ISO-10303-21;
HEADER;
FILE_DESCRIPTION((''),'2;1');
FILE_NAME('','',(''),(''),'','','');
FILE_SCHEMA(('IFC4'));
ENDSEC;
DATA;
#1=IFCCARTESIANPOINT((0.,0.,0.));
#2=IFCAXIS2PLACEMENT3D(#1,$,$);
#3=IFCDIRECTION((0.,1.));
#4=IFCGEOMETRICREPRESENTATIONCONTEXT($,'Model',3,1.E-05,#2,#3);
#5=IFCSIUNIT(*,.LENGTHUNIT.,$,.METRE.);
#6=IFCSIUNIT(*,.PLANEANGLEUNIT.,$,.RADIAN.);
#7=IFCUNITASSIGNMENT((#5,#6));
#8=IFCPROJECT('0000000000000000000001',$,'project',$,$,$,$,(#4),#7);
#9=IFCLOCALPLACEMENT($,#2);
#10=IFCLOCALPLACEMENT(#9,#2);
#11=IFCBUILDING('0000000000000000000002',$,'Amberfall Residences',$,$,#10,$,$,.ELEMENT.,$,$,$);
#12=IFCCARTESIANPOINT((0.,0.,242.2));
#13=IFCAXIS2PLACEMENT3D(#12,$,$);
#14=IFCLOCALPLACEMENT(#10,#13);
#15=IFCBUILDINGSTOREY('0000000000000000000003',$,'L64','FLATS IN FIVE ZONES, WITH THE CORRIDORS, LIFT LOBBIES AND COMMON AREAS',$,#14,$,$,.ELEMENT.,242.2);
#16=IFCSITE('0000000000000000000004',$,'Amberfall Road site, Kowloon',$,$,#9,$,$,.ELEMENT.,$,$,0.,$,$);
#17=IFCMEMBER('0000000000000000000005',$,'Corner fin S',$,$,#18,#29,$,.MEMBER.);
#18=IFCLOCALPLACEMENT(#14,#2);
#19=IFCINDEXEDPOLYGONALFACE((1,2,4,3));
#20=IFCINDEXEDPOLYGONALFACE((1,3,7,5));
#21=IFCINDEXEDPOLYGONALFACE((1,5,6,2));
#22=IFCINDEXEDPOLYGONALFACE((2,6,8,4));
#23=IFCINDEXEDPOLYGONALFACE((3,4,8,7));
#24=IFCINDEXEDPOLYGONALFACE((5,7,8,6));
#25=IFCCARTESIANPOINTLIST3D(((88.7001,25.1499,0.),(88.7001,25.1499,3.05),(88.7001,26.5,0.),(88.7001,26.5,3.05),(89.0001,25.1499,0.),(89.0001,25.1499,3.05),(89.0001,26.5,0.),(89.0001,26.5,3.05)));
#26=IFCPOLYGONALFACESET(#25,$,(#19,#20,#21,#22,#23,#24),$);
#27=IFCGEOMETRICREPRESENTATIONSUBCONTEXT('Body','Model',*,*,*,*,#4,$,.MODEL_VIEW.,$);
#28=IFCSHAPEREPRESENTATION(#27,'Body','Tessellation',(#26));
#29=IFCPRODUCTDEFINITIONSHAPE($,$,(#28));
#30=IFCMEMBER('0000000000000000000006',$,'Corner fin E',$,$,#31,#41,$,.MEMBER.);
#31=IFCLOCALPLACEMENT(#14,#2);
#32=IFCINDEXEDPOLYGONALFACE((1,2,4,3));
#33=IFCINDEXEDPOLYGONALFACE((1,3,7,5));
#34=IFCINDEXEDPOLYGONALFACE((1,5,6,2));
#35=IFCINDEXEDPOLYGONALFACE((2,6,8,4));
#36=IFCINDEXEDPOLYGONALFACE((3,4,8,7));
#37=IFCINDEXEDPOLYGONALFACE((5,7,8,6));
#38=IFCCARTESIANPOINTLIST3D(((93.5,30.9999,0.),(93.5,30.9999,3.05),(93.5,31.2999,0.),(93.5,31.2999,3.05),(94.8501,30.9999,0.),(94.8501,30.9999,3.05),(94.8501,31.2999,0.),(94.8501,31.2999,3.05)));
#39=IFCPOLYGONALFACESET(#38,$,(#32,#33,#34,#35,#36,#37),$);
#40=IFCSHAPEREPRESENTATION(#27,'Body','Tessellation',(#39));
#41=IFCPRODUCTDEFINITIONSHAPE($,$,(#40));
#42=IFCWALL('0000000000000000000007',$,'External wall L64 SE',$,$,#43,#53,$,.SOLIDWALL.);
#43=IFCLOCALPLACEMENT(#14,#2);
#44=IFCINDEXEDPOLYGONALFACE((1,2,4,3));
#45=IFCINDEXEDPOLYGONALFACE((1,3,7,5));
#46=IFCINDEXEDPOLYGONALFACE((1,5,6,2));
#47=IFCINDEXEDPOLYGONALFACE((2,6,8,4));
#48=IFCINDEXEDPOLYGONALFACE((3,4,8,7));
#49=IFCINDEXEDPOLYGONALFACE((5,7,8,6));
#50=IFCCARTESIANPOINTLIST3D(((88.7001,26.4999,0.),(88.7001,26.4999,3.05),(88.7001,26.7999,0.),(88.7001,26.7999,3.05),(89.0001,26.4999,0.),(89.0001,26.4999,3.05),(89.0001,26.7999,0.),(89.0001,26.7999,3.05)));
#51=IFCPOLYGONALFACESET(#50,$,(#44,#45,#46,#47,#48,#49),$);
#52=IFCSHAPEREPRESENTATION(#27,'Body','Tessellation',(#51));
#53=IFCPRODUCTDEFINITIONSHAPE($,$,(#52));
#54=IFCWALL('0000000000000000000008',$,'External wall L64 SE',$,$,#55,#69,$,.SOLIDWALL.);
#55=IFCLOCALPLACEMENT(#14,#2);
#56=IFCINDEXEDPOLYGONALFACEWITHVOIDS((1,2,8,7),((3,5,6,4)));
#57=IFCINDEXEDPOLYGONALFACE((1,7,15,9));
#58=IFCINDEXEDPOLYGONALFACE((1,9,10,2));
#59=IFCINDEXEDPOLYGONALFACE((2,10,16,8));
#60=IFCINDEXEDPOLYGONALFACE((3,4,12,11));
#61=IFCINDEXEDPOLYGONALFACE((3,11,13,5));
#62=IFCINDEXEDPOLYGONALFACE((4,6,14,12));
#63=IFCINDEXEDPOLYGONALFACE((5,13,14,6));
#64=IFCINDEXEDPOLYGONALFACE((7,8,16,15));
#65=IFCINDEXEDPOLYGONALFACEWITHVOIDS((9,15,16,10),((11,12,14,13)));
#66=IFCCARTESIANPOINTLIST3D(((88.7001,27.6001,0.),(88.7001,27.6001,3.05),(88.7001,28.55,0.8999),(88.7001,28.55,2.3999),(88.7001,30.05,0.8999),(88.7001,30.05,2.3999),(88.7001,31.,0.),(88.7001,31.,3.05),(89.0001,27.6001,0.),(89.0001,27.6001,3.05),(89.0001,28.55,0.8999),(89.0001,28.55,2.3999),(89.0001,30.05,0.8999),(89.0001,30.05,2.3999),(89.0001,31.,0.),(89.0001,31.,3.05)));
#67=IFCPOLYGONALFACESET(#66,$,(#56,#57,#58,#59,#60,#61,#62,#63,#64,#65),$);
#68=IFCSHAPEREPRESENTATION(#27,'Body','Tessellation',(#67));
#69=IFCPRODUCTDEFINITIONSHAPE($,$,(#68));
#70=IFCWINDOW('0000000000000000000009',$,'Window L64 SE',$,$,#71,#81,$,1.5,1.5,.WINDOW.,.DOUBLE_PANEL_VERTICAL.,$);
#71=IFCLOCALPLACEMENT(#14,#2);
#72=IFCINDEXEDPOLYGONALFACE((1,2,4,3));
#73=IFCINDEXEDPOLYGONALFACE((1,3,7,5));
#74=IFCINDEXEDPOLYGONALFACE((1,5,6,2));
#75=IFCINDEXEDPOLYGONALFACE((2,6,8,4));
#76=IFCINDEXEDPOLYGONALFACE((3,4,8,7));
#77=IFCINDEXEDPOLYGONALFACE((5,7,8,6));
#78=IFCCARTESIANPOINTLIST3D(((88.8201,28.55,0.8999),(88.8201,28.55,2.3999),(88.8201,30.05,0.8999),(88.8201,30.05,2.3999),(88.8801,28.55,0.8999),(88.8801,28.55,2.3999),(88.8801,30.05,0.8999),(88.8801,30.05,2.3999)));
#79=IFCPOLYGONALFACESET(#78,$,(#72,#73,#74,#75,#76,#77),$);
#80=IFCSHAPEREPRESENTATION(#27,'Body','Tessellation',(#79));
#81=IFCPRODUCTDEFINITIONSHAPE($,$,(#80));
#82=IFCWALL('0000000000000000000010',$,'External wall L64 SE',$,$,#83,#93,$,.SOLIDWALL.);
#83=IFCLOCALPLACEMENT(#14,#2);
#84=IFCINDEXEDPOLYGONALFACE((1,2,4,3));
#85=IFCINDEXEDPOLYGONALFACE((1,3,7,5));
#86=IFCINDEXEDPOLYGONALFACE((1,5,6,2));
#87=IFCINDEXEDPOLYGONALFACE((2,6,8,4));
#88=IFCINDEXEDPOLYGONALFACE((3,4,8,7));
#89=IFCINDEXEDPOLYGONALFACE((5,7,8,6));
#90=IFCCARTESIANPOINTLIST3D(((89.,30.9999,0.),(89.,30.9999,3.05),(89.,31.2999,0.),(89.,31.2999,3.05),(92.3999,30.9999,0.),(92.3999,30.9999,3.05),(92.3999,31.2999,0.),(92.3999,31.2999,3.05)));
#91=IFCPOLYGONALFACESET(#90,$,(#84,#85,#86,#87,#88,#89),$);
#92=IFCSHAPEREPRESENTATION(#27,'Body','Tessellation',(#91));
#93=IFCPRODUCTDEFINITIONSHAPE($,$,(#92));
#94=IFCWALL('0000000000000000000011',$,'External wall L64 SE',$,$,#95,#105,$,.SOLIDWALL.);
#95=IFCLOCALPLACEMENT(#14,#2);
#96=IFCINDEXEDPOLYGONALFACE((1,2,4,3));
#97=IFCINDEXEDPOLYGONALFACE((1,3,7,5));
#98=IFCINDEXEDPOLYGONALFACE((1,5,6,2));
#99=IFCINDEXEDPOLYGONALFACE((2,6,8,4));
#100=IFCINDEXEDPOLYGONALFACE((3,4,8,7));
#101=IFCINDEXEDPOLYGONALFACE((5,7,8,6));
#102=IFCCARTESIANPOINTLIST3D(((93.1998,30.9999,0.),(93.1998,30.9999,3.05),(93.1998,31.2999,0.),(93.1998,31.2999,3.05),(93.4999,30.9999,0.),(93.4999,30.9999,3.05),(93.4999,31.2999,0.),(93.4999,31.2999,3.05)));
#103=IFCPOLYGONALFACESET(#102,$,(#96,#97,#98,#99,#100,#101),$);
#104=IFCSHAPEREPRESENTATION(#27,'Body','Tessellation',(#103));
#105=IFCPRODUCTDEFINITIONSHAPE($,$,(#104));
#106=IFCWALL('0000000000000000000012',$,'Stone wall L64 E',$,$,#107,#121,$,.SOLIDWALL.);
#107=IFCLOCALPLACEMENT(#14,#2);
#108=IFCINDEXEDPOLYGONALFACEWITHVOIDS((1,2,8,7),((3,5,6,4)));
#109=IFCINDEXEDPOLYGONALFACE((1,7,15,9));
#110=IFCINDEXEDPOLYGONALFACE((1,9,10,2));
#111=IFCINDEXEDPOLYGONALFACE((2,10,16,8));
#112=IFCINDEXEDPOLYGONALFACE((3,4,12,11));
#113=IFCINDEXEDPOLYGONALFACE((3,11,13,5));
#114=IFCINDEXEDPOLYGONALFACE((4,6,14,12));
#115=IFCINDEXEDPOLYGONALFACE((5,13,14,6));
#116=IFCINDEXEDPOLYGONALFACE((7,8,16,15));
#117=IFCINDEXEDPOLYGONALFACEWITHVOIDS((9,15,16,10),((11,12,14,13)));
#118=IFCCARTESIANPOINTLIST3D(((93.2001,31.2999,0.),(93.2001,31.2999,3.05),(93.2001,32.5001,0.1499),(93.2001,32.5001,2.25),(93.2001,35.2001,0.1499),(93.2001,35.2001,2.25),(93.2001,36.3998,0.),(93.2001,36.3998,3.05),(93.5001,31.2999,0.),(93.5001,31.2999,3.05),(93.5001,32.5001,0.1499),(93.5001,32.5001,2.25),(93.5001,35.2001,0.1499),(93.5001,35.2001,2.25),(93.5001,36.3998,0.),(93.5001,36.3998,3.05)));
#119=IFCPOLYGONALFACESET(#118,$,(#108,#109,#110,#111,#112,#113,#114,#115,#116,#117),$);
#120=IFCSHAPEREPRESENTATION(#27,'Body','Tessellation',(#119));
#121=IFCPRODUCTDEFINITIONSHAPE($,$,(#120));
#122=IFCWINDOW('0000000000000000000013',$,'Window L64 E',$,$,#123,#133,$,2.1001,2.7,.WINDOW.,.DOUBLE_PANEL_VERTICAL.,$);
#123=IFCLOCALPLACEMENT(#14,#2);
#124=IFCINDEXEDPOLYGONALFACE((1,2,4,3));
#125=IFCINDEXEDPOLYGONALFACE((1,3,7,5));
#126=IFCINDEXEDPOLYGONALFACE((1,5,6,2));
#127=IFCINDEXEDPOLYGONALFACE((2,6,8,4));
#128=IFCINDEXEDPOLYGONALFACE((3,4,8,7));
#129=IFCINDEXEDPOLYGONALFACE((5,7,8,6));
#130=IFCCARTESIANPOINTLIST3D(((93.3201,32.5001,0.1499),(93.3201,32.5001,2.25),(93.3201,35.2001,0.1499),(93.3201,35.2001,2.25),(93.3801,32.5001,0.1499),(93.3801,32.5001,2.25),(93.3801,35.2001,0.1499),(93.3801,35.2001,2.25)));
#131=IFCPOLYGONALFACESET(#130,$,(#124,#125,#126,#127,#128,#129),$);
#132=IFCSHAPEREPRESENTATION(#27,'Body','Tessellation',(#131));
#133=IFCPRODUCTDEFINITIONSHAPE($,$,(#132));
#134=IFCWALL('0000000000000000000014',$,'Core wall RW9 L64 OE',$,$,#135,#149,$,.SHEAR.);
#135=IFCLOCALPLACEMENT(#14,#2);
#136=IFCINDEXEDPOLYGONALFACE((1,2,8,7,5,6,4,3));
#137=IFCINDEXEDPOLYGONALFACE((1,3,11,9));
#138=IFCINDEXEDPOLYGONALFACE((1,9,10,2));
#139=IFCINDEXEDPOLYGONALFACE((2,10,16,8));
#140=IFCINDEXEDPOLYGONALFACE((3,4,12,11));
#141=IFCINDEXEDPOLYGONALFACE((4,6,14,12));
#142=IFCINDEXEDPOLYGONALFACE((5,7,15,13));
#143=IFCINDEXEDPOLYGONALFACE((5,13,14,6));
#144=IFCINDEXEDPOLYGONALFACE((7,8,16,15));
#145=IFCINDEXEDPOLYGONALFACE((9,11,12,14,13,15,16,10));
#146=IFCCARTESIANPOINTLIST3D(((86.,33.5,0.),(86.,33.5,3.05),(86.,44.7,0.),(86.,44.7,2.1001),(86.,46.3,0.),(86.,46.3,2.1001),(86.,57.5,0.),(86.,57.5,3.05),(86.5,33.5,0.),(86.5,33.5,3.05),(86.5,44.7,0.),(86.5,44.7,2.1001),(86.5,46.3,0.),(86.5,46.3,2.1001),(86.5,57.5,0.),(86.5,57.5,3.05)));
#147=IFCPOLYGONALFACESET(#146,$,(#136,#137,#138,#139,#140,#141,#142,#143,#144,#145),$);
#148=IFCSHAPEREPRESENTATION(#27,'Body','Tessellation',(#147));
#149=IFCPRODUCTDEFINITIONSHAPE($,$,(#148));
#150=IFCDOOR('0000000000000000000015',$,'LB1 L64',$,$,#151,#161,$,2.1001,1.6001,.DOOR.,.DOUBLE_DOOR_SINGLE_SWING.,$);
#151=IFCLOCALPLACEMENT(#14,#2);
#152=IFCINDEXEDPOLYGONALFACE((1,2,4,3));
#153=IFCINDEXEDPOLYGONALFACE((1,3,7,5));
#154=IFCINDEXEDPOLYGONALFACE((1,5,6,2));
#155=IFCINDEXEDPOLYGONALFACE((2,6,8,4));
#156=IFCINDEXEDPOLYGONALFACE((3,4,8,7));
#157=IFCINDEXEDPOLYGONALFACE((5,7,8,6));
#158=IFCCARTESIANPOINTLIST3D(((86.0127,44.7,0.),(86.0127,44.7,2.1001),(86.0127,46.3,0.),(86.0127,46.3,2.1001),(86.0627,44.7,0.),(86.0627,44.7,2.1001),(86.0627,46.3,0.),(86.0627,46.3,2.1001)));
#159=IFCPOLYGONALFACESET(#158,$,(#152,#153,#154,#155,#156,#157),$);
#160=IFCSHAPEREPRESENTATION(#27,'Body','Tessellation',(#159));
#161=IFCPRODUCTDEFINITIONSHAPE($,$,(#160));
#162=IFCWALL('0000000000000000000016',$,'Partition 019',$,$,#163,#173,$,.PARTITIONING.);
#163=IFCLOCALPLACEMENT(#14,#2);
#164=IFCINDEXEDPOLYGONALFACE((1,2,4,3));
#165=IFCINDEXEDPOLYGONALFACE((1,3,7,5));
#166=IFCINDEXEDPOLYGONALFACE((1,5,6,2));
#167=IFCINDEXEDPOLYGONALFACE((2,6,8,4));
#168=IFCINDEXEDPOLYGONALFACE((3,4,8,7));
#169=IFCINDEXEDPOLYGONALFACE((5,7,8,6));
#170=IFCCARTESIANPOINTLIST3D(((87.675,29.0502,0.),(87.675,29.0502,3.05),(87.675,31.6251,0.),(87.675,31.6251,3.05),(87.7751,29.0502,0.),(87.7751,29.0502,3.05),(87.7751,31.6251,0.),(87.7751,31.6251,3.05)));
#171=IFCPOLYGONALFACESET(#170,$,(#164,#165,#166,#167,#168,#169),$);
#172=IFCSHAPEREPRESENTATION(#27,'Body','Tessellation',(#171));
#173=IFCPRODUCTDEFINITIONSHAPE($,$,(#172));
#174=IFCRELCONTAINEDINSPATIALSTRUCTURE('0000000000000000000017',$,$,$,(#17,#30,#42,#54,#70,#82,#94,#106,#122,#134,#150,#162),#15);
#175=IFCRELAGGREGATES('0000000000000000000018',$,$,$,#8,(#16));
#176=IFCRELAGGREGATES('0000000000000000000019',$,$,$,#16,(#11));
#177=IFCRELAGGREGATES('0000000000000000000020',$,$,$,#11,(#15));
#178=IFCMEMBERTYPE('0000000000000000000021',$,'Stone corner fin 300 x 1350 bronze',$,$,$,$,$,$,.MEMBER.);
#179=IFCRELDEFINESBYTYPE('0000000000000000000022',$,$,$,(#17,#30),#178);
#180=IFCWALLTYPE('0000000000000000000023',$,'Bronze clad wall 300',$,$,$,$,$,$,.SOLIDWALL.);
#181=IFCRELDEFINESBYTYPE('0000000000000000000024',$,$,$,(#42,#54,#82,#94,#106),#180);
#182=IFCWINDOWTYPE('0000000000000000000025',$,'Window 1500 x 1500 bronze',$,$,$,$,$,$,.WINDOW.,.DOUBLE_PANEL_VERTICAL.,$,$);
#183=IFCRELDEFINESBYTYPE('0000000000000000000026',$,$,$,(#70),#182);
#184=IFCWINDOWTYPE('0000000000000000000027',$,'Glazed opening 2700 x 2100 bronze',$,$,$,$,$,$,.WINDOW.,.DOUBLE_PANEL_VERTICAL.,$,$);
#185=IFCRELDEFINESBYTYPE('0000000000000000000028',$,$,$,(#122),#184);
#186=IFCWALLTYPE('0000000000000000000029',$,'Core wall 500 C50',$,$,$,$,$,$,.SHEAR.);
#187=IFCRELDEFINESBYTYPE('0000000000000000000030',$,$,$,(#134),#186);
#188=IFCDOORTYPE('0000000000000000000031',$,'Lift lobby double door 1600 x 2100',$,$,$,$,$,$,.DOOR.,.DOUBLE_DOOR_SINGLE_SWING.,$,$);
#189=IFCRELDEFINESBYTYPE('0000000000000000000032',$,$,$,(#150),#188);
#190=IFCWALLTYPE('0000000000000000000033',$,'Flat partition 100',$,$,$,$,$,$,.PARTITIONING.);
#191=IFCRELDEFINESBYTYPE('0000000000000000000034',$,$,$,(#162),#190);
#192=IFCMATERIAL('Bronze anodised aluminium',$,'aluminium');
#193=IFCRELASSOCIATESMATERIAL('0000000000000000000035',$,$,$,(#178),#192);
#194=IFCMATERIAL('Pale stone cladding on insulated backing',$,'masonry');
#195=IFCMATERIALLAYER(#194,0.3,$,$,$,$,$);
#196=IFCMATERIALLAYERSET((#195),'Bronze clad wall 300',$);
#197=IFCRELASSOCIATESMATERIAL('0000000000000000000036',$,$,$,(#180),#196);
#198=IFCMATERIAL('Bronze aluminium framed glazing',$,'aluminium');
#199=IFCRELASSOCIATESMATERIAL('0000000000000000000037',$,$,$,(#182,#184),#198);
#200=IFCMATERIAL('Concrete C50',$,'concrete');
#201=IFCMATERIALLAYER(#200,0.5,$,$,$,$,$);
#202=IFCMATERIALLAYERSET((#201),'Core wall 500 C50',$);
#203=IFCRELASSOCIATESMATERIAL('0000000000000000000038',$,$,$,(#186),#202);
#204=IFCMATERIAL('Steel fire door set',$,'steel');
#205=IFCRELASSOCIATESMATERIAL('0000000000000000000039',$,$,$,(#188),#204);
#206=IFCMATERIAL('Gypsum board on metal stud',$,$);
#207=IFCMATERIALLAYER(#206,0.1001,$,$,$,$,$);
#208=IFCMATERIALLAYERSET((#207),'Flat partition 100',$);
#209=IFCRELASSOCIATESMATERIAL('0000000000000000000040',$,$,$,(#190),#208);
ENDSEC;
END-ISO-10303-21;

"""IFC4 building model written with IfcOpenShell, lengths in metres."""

from ifc_helpers import new_model, si_unit, direction, frame, frame_2d, origin, origin_2d, place, context, subcontext, project, spatial, rectangle, extrude, material, layer, layer_set, material_profile, profile_set, type_object, element, fill, save


model = new_model("IFC4")

# Units and contexts
model_context = context("Model", 3, precision=1e-05, world=origin(), true_north=direction((0.0, 1.0)))
body_context = subcontext(model_context, "Body", "Model", "MODEL_VIEW")
ifc_project = project(units=[si_unit("LENGTHUNIT", "METRE"), si_unit("PLANEANGLEUNIT", "RADIAN")], contexts=[model_context])

# Site, building, storey
site_placement = place(None, origin())
site = spatial("IfcSite", under=ifc_project, at=site_placement, Name="Amberfall Road site, Kowloon", CompositionType="ELEMENT", RefElevation=0.0)
building_placement = place(site_placement, origin())
building = spatial("IfcBuilding", under=site, at=building_placement, Name="Amberfall Residences", CompositionType="ELEMENT")
storey_placement = place(building_placement, frame((0.0, 0.0, 242.2)))
storey = spatial("IfcBuildingStorey", under=building, at=storey_placement, Name="L64", Description="FLATS IN FIVE ZONES, WITH THE CORRIDORS, LIFT LOBBIES AND COMMON AREAS", CompositionType="ELEMENT", Elevation=242.2)

# Shared definitions
ifc_material_1 = material(Name="Concrete C50", Category="concrete")

# Members
ifc_material_2 = material(Name="Bronze anodised aluminium", Category="aluminium")
ifc_material_profile_1 = material_profile(ifc_material_2, rectangle(XDim=1.3501, YDim=0.3, at=origin_2d()), Name="Stone corner fin 300 x 1350 bronze")
ifc_profile_set_1 = profile_set([ifc_material_profile_1], Name="Bronze anodised aluminium")
member_type = type_object("IfcMemberType", Name="Stone corner fin 300 x 1350 bronze", PredefinedType="MEMBER", material=ifc_profile_set_1)
for number, where, z_axis, x_axis, name in (
    (1, (88.8501, 25.825, 0.0), (0.0, 0.0, 1.0), (0.0, 1.0, 0.0), "Corner fin S"),
    (2, (94.175, 31.1499, 0.0), (0.0, 0.0, 1.0), (-1.0, 0.0, 0.0), "Corner fin E"),
):
    element("IfcMember", number, at=place(storey_placement, frame(where, z_axis=z_axis, x_axis=x_axis)), inside=storey, type_object=member_type, Name=name, PredefinedType="MEMBER", context=body_context, shape_type="SweptSolid", body=[
        extrude(rectangle(XDim=1.3501, YDim=0.3, at=origin_2d()), origin(), (0.0, 0.0, 1.0), 3.05),
    ])

# Wall
ifc_material_3 = material(Name="Pale stone cladding on insulated backing", Category="masonry")
ifc_layer_1 = layer(ifc_material_3, 0.3)
ifc_layer_set_1 = layer_set([ifc_layer_1], Name="Bronze clad wall 300")
wall_type_1 = type_object("IfcWallType", Name="Bronze clad wall 300", PredefinedType="SOLIDWALL", material=ifc_layer_set_1)
wall_1_placement = place(storey_placement, frame((88.8501, 26.5, 0.0), z_axis=(0.0, 0.0, 1.0), x_axis=(0.0, 1.0, 0.0)))
element("IfcWall", 3, at=wall_1_placement, inside=storey, type_object=wall_type_1, Name="External wall L64 SE", PredefinedType="SOLIDWALL", context=body_context, shape_type="SweptSolid", body=[
    extrude(rectangle(XDim=0.3, YDim=0.3, at=frame_2d((0.1499, 0.0))), origin(), (0.0, 0.0, 1.0), 3.05),
])

# Wall, opening, window
wall_2_placement = place(storey_placement, frame((88.8501, 27.6001, 0.0), z_axis=(0.0, 0.0, 1.0), x_axis=(0.0, 1.0, 0.0)))
wall_2 = element("IfcWall", 4, at=wall_2_placement, inside=storey, type_object=wall_type_1, Name="External wall L64 SE", PredefinedType="SOLIDWALL", context=body_context, shape_type="SweptSolid", body=[
    extrude(rectangle(XDim=3.3999, YDim=0.3, at=frame_2d((1.7, 0.0))), origin(), (0.0, 0.0, 1.0), 3.05),
])
opening_1_placement = place(wall_2_placement, frame((0.95, 0.0, 0.8999)))
opening_1 = element("IfcOpeningElement", 5, at=opening_1_placement, cuts=wall_2, PredefinedType="OPENING", context=body_context, shape_type="SweptSolid", body=[
    extrude(rectangle(XDim=1.5, YDim=1.5, at=frame_2d((0.75, 0.75))), frame((0.0, 0.1599, 0.0), z_axis=(0.0, -1.0, 0.0), x_axis=(1.0, 0.0, 0.0)), (0.0, 0.0, 1.0), 0.3201),
])
ifc_material_4 = material(Name="Bronze aluminium framed glazing", Category="aluminium")
window_type_1 = type_object("IfcWindowType", Name="Window 1500 x 1500 bronze", PartitioningType="DOUBLE_PANEL_VERTICAL", PredefinedType="WINDOW", material=ifc_material_4)
window_1_placement = place(opening_1_placement, origin())
window_1 = element("IfcWindow", 6, at=window_1_placement, inside=storey, type_object=window_type_1, Name="Window L64 SE", OverallHeight=1.5, OverallWidth=1.5, PartitioningType="DOUBLE_PANEL_VERTICAL", PredefinedType="WINDOW", context=body_context, shape_type="SweptSolid", body=[
    extrude(rectangle(XDim=1.5, YDim=1.5, at=frame_2d((0.75, 0.75))), frame((0.0, 0.03, 0.0), z_axis=(0.0, -1.0, 0.0), x_axis=(1.0, 0.0, 0.0)), (0.0, 0.0, 1.0), 0.0601),
])
fill(opening_1, window_1)

# Walls
wall_3_placement = place(storey_placement, frame((89.0, 31.1499, 0.0), z_axis=(0.0, 0.0, 1.0), x_axis=(1.0, 0.0, 0.0)))
element("IfcWall", 7, at=wall_3_placement, inside=storey, type_object=wall_type_1, Name="External wall L64 SE", PredefinedType="SOLIDWALL", context=body_context, shape_type="SweptSolid", body=[
    extrude(rectangle(XDim=3.3999, YDim=0.3, at=frame_2d((1.7, 0.0))), origin(), (0.0, 0.0, 1.0), 3.05),
])
wall_4_placement = place(storey_placement, frame((93.2, 31.1499, 0.0), z_axis=(0.0, 0.0, 1.0), x_axis=(1.0, 0.0, 0.0)))
element("IfcWall", 8, at=wall_4_placement, inside=storey, type_object=wall_type_1, Name="External wall L64 SE", PredefinedType="SOLIDWALL", context=body_context, shape_type="SweptSolid", body=[
    extrude(rectangle(XDim=0.3, YDim=0.3, at=frame_2d((0.1499, 0.0))), origin(), (0.0, 0.0, 1.0), 3.05),
])

# Wall, opening, window
wall_5_placement = place(storey_placement, frame((93.3501, 31.3, 0.0), z_axis=(0.0, 0.0, 1.0), x_axis=(0.0, 1.0, 0.0)))
wall_5 = element("IfcWall", 9, at=wall_5_placement, inside=storey, type_object=wall_type_1, Name="Stone wall L64 E", PredefinedType="SOLIDWALL", context=body_context, shape_type="SweptSolid", body=[
    extrude(rectangle(XDim=5.0999, YDim=0.3, at=frame_2d((2.5498, 0.0))), origin(), (0.0, 0.0, 1.0), 3.05),
])
opening_2_placement = place(wall_5_placement, frame((1.2, 0.0, 0.1499)))
opening_2 = element("IfcOpeningElement", 10, at=opening_2_placement, cuts=wall_5, PredefinedType="OPENING", context=body_context, shape_type="SweptSolid", body=[
    extrude(rectangle(XDim=2.7, YDim=2.1001, at=frame_2d((1.3501, 1.05))), frame((0.0, 0.1599, 0.0), z_axis=(0.0, -1.0, 0.0), x_axis=(1.0, 0.0, 0.0)), (0.0, 0.0, 1.0), 0.3201),
])
window_type_2 = type_object("IfcWindowType", Name="Glazed opening 2700 x 2100 bronze", PartitioningType="DOUBLE_PANEL_VERTICAL", PredefinedType="WINDOW", material=ifc_material_4)
window_2_placement = place(opening_2_placement, origin())
window_2 = element("IfcWindow", 11, at=window_2_placement, inside=storey, type_object=window_type_2, Name="Window L64 E", OverallHeight=2.1001, OverallWidth=2.7, PartitioningType="DOUBLE_PANEL_VERTICAL", PredefinedType="WINDOW", context=body_context, shape_type="SweptSolid", body=[
    extrude(rectangle(XDim=2.7, YDim=2.1001, at=frame_2d((1.3501, 1.05))), frame((0.0, 0.03, 0.0), z_axis=(0.0, -1.0, 0.0), x_axis=(1.0, 0.0, 0.0)), (0.0, 0.0, 1.0), 0.0601),
])
fill(opening_2, window_2)

# Wall, opening, door
ifc_layer_2 = layer(ifc_material_1, 0.5)
ifc_layer_set_2 = layer_set([ifc_layer_2], Name="Core wall 500 C50")
wall_type_2 = type_object("IfcWallType", Name="Core wall 500 C50", PredefinedType="SHEAR", material=ifc_layer_set_2)
wall_6_placement = place(storey_placement, frame((86.25, 33.5, 0.0), z_axis=(0.0, 0.0, 1.0), x_axis=(0.0, 1.0, 0.0)))
wall_6 = element("IfcWall", 12, at=wall_6_placement, inside=storey, type_object=wall_type_2, Name="Core wall RW9 L64 OE", PredefinedType="SHEAR", context=body_context, shape_type="SweptSolid", body=[
    extrude(rectangle(XDim=24.0, YDim=0.5, at=frame_2d((12.0, 0.0))), origin(), (0.0, 0.0, 1.0), 3.05),
])
opening_3_placement = place(wall_6_placement, frame((11.2, 0.0, 0.0)))
opening_3 = element("IfcOpeningElement", 13, at=opening_3_placement, cuts=wall_6, PredefinedType="OPENING", context=body_context, shape_type="SweptSolid", body=[
    extrude(rectangle(XDim=1.6001, YDim=2.1001, at=frame_2d((0.8, 1.05))), frame((0.0, 0.26, 0.0), z_axis=(0.0, -1.0, 0.0), x_axis=(1.0, 0.0, 0.0)), (0.0, 0.0, 1.0), 0.52),
])
ifc_material_5 = material(Name="Steel fire door set", Category="steel")
door_type_1 = type_object("IfcDoorType", Name="Lift lobby double door 1600 x 2100", OperationType="DOUBLE_DOOR_SINGLE_SWING", PredefinedType="DOOR", material=ifc_material_5)
door_1_placement = place(opening_3_placement, origin())
door_1 = element("IfcDoor", 14, at=door_1_placement, inside=storey, type_object=door_type_1, Name="LB1 L64", OperationType="DOUBLE_DOOR_SINGLE_SWING", OverallHeight=2.1001, OverallWidth=1.6001, PredefinedType="DOOR", context=body_context, shape_type="SweptSolid", body=[
    extrude(rectangle(XDim=1.6001, YDim=2.1001, at=frame_2d((0.8, 1.05))), frame((0.0, 0.2373, 0.0), z_axis=(0.0, -1.0, 0.0), x_axis=(1.0, 0.0, 0.0)), (0.0, 0.0, 1.0), 0.05),
])
fill(opening_3, door_1)

# Wall
ifc_material_6 = material(Name="Gypsum board on metal stud")
ifc_layer_3 = layer(ifc_material_6, 0.1001)
ifc_layer_set_3 = layer_set([ifc_layer_3], Name="Flat partition 100")
wall_type_3 = type_object("IfcWallType", Name="Flat partition 100", PredefinedType="PARTITIONING", material=ifc_layer_set_3)
wall_7_placement = place(storey_placement, frame((87.7251, 29.05, 0.0), z_axis=(0.0, 0.0, 1.0), x_axis=(0.0, 1.0, 0.0)))
element("IfcWall", 15, at=wall_7_placement, inside=storey, type_object=wall_type_3, Name="Partition 019", PredefinedType="PARTITIONING", context=body_context, shape_type="SweptSolid", body=[
    extrude(rectangle(XDim=2.575, YDim=0.1001, at=frame_2d((1.2876, 0.0))), origin(), (0.0, 0.0, 1.0), 3.05),
])

save(model, "model.ifc")
